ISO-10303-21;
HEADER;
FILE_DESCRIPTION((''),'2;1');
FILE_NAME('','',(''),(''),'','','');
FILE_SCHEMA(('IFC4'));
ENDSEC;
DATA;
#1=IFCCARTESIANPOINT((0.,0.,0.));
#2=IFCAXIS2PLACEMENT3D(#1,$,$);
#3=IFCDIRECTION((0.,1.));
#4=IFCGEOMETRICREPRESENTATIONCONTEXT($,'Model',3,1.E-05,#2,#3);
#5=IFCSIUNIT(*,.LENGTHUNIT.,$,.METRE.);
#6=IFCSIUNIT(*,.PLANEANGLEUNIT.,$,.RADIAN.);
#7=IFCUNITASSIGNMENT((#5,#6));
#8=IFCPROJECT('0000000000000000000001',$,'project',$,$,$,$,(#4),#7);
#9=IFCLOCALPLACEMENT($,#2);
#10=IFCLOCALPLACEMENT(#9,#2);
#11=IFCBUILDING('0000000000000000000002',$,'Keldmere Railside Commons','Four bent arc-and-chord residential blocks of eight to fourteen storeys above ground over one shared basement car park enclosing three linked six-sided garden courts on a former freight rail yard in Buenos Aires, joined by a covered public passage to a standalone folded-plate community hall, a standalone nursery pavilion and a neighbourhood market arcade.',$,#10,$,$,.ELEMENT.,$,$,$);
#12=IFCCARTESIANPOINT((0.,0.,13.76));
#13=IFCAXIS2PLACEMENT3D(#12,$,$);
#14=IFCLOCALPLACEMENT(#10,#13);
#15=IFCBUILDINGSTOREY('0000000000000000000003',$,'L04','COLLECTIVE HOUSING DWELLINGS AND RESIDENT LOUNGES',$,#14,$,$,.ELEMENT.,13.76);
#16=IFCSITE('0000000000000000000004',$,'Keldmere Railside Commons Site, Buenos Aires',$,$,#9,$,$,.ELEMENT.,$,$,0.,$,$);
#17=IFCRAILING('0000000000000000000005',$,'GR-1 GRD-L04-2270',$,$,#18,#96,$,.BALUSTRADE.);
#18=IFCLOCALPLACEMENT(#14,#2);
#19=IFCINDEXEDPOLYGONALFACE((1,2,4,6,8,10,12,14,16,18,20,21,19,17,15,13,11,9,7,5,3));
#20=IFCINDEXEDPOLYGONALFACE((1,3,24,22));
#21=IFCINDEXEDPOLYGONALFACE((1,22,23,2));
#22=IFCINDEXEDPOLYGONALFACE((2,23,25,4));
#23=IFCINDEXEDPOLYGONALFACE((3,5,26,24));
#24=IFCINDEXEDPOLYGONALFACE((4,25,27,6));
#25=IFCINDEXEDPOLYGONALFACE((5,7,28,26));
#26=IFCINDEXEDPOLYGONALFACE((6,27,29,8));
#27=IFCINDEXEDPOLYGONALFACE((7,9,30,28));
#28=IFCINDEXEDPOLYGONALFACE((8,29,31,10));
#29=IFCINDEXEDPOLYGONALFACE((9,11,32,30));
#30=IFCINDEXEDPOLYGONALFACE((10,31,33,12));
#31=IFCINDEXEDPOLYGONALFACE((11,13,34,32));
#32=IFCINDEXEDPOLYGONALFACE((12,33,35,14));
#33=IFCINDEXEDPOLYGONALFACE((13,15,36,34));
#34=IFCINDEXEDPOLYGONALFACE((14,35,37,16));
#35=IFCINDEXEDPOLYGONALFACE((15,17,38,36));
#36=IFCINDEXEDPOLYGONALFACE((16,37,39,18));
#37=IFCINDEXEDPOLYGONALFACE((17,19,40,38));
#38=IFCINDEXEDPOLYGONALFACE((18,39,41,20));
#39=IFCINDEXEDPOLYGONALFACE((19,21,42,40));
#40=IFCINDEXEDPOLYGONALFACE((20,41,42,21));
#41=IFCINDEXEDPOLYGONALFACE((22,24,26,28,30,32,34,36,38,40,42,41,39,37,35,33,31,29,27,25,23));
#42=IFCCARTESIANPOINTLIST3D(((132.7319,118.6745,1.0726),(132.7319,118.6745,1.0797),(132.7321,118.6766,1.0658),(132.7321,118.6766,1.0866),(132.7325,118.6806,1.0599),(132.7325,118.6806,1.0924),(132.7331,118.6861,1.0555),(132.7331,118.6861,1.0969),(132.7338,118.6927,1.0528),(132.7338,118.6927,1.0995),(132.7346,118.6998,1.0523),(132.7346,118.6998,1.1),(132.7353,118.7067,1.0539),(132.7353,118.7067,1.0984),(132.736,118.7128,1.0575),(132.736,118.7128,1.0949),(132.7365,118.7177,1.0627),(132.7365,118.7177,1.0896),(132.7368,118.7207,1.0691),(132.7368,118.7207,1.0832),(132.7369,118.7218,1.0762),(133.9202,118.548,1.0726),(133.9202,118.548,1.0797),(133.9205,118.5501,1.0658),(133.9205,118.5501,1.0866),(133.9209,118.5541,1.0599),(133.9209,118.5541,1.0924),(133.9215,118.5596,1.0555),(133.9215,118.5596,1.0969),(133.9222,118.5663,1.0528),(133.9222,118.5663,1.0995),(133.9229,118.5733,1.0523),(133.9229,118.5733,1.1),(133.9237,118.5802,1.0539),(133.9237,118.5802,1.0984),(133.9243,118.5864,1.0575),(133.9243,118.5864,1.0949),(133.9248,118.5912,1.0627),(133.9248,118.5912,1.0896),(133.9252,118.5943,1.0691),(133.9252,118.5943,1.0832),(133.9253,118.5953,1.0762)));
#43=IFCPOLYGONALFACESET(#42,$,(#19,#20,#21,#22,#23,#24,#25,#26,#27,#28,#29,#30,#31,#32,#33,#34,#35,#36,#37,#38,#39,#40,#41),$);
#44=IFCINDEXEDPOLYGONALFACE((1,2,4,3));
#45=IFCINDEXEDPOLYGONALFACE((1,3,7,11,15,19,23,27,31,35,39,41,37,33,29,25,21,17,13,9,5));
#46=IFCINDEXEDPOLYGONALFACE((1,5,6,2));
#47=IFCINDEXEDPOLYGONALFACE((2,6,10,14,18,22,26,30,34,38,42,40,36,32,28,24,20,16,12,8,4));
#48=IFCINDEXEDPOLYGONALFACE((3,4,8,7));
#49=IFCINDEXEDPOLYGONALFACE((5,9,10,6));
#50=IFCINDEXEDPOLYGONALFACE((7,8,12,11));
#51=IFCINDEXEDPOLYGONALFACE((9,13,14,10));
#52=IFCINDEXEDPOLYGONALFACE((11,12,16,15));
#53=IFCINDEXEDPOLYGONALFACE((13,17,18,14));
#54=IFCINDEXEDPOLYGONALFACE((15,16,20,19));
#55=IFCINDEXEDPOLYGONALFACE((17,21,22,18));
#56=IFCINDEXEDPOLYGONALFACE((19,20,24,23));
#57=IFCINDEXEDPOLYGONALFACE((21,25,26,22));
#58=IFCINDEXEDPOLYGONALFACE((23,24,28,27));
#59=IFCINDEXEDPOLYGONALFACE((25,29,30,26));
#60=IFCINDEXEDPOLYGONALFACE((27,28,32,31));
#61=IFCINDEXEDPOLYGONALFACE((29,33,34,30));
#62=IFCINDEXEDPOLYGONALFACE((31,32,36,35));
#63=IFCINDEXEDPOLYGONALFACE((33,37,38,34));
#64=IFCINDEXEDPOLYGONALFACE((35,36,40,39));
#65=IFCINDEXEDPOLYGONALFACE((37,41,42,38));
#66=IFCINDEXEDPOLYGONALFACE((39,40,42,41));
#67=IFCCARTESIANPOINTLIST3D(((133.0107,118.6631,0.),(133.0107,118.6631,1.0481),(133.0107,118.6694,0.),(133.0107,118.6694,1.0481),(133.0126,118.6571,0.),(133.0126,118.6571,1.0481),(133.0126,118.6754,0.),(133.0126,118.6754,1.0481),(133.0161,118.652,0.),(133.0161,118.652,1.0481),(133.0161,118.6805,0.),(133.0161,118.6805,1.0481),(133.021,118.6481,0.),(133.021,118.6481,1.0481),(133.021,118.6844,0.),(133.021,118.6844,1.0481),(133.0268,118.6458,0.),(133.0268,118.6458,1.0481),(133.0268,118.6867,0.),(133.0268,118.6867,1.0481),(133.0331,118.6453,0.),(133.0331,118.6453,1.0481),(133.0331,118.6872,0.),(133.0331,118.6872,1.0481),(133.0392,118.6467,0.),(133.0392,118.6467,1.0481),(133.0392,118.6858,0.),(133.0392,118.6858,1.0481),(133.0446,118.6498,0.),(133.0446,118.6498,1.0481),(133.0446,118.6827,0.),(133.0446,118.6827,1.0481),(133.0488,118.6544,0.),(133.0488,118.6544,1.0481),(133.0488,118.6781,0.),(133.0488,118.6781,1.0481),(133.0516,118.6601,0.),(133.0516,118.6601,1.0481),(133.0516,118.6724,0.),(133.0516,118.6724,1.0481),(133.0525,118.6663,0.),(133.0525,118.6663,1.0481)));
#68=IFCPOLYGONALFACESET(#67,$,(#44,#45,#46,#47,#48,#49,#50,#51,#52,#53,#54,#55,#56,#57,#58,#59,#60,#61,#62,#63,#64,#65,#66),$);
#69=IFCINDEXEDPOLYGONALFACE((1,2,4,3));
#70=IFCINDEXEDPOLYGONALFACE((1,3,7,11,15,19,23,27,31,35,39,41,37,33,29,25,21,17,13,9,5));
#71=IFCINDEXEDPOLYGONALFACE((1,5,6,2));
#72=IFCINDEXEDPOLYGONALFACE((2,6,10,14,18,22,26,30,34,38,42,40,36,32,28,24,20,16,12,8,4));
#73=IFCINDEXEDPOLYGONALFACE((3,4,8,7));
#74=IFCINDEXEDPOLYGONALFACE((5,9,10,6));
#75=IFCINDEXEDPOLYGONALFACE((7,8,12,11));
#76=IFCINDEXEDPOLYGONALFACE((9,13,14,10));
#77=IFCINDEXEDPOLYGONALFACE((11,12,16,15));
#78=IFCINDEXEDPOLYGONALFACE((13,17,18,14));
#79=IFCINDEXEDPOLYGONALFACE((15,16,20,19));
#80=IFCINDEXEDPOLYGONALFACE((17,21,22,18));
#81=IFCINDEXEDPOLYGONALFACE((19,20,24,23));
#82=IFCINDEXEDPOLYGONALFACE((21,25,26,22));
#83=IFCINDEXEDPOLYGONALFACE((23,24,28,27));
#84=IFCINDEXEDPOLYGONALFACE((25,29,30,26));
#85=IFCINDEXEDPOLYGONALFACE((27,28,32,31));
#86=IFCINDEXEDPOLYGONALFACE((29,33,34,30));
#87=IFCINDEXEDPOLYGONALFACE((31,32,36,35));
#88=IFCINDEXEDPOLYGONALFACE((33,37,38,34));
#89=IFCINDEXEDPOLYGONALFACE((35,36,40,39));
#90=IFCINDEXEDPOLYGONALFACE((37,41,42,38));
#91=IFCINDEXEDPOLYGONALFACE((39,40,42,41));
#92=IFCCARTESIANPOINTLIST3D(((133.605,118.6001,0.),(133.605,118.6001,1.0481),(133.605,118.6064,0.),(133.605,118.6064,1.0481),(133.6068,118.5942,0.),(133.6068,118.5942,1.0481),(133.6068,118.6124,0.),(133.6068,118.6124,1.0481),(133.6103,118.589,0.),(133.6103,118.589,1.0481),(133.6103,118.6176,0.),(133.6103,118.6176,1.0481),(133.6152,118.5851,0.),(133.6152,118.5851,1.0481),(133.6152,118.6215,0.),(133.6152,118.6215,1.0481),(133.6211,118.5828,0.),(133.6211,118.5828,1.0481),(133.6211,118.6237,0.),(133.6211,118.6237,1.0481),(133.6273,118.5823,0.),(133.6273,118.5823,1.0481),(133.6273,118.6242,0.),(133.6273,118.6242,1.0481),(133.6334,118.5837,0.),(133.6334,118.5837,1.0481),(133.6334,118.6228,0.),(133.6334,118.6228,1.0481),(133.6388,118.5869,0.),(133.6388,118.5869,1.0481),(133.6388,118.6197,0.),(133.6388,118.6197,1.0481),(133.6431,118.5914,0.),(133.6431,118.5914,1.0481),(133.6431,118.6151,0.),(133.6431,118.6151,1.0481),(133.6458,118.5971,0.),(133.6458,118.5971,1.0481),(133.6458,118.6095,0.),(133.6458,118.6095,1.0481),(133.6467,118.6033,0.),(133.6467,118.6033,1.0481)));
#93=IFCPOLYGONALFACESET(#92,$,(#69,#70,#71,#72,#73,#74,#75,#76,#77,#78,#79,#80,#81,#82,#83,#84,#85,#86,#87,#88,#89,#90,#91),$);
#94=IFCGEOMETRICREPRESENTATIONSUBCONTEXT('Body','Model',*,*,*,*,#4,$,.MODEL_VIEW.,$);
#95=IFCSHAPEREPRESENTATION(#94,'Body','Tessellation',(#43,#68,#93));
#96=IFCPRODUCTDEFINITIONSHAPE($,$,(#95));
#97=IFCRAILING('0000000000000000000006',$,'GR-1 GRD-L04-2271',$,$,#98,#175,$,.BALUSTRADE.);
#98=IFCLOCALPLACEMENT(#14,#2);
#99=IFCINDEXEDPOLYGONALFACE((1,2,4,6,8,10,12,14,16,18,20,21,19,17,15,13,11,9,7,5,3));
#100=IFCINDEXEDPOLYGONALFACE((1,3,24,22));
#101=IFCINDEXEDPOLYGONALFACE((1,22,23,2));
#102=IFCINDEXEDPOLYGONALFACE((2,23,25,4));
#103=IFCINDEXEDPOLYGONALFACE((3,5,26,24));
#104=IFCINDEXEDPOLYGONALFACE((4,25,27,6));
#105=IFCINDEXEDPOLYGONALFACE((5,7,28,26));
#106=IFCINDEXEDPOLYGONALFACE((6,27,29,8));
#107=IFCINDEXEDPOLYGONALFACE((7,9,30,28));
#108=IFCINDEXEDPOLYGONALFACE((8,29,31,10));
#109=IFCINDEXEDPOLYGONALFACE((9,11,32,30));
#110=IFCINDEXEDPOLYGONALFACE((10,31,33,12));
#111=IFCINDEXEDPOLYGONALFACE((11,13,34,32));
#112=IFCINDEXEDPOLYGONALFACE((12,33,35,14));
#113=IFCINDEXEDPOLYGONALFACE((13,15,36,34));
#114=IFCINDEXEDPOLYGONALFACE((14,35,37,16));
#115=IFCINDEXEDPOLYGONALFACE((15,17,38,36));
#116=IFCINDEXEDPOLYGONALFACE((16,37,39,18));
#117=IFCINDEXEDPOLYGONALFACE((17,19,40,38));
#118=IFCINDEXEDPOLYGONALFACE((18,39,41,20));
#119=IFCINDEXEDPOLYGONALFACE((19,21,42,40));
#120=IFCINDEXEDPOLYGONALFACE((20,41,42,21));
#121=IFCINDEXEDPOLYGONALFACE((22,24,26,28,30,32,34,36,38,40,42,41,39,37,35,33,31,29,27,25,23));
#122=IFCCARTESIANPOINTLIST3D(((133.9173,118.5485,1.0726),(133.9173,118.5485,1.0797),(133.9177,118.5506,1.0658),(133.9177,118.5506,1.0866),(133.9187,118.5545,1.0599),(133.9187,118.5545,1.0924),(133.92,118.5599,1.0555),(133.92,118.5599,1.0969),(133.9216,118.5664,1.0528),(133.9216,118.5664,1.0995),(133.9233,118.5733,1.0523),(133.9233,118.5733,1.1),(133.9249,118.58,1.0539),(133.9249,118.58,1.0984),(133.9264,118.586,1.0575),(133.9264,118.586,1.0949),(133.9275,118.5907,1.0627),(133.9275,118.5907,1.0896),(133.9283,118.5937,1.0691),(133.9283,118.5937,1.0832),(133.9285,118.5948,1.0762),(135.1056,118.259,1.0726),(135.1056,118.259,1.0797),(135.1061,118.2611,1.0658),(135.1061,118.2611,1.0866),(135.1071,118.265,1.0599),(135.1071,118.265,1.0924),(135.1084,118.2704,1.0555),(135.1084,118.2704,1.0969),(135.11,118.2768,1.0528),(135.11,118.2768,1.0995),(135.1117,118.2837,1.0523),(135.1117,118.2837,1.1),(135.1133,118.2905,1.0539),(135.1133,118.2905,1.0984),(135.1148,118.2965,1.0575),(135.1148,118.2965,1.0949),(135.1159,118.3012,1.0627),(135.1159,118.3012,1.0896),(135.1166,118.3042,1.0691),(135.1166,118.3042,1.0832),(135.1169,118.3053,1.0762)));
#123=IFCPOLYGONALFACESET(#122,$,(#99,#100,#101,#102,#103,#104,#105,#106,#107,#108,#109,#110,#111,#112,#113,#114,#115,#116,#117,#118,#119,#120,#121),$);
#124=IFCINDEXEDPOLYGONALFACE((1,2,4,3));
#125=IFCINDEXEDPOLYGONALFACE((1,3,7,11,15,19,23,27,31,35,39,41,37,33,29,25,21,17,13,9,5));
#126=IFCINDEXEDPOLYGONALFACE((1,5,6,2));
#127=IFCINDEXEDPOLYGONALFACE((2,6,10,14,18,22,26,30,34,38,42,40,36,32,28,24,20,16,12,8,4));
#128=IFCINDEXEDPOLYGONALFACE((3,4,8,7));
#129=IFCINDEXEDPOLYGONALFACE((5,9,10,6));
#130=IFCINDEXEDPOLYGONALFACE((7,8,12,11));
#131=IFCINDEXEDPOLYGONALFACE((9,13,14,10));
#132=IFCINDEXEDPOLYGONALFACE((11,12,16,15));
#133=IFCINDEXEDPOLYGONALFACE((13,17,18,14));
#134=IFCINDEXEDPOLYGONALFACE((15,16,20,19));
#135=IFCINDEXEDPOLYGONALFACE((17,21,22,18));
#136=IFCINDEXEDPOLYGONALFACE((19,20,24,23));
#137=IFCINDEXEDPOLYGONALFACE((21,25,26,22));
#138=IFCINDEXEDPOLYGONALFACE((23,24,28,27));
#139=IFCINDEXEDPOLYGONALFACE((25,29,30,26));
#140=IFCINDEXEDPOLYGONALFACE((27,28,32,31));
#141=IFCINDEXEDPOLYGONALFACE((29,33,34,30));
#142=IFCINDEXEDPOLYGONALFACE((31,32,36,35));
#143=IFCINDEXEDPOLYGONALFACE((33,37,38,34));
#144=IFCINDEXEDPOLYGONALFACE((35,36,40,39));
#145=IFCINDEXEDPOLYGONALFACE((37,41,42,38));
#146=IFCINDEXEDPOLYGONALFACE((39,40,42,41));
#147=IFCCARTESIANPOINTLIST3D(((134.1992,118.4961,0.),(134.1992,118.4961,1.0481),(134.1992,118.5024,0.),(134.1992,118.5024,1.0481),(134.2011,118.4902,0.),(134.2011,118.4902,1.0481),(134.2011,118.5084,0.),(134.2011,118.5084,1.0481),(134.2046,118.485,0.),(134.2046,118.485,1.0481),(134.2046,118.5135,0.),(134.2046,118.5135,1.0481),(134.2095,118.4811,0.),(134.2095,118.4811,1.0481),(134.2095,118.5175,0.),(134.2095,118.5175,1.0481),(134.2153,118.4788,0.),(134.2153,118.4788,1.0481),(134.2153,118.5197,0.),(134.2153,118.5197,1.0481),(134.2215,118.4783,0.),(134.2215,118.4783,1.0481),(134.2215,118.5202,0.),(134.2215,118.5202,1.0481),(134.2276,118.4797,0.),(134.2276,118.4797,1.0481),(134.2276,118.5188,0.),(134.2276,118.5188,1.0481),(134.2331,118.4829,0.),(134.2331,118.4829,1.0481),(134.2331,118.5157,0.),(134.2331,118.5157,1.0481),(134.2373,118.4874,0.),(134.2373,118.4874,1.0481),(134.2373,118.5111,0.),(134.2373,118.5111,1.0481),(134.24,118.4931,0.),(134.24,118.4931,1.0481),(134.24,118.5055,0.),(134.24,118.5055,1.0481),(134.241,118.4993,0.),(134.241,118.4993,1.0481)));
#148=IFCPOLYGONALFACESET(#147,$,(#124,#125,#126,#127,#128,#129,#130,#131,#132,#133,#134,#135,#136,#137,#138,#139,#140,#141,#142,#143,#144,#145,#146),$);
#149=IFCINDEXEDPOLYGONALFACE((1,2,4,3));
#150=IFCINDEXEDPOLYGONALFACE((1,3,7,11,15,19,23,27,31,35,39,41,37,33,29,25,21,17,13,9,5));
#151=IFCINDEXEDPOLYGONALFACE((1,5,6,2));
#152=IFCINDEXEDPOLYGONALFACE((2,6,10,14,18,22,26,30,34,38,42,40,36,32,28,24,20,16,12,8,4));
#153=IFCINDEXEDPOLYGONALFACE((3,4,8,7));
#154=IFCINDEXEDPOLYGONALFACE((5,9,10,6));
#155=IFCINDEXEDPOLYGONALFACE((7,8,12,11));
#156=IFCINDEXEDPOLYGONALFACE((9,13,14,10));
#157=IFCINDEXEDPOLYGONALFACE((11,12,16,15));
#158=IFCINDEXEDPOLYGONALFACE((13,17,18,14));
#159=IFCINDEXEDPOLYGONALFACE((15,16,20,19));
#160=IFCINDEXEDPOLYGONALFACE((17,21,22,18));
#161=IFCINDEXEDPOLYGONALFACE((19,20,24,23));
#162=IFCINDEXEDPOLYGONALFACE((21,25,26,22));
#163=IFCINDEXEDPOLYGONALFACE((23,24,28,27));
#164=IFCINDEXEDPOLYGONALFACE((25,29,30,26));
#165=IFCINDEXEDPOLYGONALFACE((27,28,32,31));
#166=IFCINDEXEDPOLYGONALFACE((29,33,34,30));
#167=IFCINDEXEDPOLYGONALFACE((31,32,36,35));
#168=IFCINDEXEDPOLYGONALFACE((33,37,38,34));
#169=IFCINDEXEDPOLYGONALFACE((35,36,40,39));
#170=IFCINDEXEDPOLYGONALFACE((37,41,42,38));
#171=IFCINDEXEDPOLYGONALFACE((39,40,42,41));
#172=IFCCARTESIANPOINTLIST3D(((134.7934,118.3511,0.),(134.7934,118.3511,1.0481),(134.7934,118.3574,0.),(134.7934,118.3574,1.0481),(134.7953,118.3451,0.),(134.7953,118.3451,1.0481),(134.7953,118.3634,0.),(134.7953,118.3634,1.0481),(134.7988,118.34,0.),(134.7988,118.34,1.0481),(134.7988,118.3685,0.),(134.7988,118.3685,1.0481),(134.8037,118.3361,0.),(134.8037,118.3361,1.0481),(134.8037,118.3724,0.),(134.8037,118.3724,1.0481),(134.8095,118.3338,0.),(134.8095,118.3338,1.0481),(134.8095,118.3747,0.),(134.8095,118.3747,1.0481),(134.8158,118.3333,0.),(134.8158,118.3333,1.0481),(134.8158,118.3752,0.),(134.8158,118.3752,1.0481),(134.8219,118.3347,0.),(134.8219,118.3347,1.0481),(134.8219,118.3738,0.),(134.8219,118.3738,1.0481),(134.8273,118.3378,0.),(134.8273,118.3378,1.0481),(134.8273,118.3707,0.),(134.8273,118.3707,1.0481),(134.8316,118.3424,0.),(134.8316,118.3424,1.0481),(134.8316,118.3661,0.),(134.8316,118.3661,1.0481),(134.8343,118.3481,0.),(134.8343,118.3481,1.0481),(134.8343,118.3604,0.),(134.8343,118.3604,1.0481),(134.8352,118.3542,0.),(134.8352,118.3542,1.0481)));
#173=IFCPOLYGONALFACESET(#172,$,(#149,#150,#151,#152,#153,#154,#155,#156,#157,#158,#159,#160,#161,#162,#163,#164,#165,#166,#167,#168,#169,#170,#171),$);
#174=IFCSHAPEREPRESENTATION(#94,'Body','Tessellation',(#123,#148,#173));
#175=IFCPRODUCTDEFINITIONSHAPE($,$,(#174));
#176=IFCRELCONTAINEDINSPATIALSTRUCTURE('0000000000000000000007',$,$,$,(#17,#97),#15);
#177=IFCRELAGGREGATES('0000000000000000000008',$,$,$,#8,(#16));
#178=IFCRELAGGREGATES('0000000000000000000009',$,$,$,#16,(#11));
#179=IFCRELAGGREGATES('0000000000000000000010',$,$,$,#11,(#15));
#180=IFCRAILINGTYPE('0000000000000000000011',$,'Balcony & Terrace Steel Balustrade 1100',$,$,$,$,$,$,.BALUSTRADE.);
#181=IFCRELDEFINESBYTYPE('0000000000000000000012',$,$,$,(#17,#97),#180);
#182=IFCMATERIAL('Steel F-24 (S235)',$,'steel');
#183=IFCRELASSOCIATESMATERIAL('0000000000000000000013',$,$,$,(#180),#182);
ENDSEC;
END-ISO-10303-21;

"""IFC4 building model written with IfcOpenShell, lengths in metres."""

from ifc_helpers import new_model, si_unit, direction, frame, origin, origin_2d, place, context, subcontext, project, spatial, circle, extrude, material, type_object, element, save


model = new_model("IFC4")

# Units and contexts
model_context = context("Model", 3, precision=1e-05, world=origin(), true_north=direction((0.0, 1.0)))
body_context = subcontext(model_context, "Body", "Model", "MODEL_VIEW")
ifc_project = project(units=[si_unit("LENGTHUNIT", "METRE"), si_unit("PLANEANGLEUNIT", "RADIAN")], contexts=[model_context])

# Site, building, storey
site_placement = place(None, origin())
site = spatial("IfcSite", under=ifc_project, at=site_placement, Name="Keldmere Railside Commons Site, Buenos Aires", CompositionType="ELEMENT", RefElevation=0.0)
building_placement = place(site_placement, origin())
building = spatial("IfcBuilding", under=site, at=building_placement, Name="Keldmere Railside Commons", Description="Four bent arc-and-chord residential blocks of eight to fourteen storeys above ground over one shared basement car park enclosing three linked six-sided garden courts on a former freight rail yard in Buenos Aires, joined by a covered public passage to a standalone folded-plate community hall, a standalone nursery pavilion and a neighbourhood market arcade.", CompositionType="ELEMENT")
storey_placement = place(building_placement, frame((0.0, 0.0, 13.76)))
storey = spatial("IfcBuildingStorey", under=building, at=storey_placement, Name="L04", Description="COLLECTIVE HOUSING DWELLINGS AND RESIDENT LOUNGES", CompositionType="ELEMENT", Elevation=13.76)

# Shared definitions
ifc_material_1 = material(Name="Steel F-24 (S235)", Category="steel")

# Railings
railing_type = type_object("IfcRailingType", Name="Balcony & Terrace Steel Balustrade 1100", PredefinedType="BALUSTRADE", material=ifc_material_1)
railing_1_placement = place(storey_placement, frame((132.7344, 118.698, 0.0)))
element("IfcRailing", 1, at=railing_1_placement, inside=storey, type_object=railing_type, Name="GR-1 GRD-L04-2270", PredefinedType="BALUSTRADE", context=body_context, shape_type="SweptSolid", body=[
    extrude(circle(Radius=0.0239, at=origin_2d()), frame((0.0, 0.0, 1.0762), z_axis=(0.994386, -0.105812, 0.0), x_axis=(0.105812, 0.994386, 0.0)), (0.0, 0.0, 1.0), 1.1951),
    extrude(circle(Radius=0.021, at=origin_2d()), frame((0.2971, -0.0317, 0.0)), (0.0, 0.0, 1.0), 1.0481),
    extrude(circle(Radius=0.021, at=origin_2d()), frame((0.8914, -0.0947, 0.0)), (0.0, 0.0, 1.0), 1.0481),
])
railing_2_placement = place(storey_placement, frame((133.9229, 118.5715, 0.0)))
element("IfcRailing", 2, at=railing_2_placement, inside=storey, type_object=railing_type, Name="GR-1 GRD-L04-2271", PredefinedType="BALUSTRADE", context=body_context, shape_type="SweptSolid", body=[
    extrude(circle(Radius=0.0239, at=origin_2d()), frame((0.0, 0.0, 1.0762), z_axis=(0.971581, -0.236708, 0.0), x_axis=(0.236708, 0.971581, 0.0)), (0.0, 0.0, 1.0), 1.2231),
    extrude(circle(Radius=0.021, at=origin_2d()), frame((0.2971, -0.0723, 0.0)), (0.0, 0.0, 1.0), 1.0481),
    extrude(circle(Radius=0.021, at=origin_2d()), frame((0.8914, -0.2173, 0.0)), (0.0, 0.0, 1.0), 1.0481),
])

save(model, "model.ifc")
